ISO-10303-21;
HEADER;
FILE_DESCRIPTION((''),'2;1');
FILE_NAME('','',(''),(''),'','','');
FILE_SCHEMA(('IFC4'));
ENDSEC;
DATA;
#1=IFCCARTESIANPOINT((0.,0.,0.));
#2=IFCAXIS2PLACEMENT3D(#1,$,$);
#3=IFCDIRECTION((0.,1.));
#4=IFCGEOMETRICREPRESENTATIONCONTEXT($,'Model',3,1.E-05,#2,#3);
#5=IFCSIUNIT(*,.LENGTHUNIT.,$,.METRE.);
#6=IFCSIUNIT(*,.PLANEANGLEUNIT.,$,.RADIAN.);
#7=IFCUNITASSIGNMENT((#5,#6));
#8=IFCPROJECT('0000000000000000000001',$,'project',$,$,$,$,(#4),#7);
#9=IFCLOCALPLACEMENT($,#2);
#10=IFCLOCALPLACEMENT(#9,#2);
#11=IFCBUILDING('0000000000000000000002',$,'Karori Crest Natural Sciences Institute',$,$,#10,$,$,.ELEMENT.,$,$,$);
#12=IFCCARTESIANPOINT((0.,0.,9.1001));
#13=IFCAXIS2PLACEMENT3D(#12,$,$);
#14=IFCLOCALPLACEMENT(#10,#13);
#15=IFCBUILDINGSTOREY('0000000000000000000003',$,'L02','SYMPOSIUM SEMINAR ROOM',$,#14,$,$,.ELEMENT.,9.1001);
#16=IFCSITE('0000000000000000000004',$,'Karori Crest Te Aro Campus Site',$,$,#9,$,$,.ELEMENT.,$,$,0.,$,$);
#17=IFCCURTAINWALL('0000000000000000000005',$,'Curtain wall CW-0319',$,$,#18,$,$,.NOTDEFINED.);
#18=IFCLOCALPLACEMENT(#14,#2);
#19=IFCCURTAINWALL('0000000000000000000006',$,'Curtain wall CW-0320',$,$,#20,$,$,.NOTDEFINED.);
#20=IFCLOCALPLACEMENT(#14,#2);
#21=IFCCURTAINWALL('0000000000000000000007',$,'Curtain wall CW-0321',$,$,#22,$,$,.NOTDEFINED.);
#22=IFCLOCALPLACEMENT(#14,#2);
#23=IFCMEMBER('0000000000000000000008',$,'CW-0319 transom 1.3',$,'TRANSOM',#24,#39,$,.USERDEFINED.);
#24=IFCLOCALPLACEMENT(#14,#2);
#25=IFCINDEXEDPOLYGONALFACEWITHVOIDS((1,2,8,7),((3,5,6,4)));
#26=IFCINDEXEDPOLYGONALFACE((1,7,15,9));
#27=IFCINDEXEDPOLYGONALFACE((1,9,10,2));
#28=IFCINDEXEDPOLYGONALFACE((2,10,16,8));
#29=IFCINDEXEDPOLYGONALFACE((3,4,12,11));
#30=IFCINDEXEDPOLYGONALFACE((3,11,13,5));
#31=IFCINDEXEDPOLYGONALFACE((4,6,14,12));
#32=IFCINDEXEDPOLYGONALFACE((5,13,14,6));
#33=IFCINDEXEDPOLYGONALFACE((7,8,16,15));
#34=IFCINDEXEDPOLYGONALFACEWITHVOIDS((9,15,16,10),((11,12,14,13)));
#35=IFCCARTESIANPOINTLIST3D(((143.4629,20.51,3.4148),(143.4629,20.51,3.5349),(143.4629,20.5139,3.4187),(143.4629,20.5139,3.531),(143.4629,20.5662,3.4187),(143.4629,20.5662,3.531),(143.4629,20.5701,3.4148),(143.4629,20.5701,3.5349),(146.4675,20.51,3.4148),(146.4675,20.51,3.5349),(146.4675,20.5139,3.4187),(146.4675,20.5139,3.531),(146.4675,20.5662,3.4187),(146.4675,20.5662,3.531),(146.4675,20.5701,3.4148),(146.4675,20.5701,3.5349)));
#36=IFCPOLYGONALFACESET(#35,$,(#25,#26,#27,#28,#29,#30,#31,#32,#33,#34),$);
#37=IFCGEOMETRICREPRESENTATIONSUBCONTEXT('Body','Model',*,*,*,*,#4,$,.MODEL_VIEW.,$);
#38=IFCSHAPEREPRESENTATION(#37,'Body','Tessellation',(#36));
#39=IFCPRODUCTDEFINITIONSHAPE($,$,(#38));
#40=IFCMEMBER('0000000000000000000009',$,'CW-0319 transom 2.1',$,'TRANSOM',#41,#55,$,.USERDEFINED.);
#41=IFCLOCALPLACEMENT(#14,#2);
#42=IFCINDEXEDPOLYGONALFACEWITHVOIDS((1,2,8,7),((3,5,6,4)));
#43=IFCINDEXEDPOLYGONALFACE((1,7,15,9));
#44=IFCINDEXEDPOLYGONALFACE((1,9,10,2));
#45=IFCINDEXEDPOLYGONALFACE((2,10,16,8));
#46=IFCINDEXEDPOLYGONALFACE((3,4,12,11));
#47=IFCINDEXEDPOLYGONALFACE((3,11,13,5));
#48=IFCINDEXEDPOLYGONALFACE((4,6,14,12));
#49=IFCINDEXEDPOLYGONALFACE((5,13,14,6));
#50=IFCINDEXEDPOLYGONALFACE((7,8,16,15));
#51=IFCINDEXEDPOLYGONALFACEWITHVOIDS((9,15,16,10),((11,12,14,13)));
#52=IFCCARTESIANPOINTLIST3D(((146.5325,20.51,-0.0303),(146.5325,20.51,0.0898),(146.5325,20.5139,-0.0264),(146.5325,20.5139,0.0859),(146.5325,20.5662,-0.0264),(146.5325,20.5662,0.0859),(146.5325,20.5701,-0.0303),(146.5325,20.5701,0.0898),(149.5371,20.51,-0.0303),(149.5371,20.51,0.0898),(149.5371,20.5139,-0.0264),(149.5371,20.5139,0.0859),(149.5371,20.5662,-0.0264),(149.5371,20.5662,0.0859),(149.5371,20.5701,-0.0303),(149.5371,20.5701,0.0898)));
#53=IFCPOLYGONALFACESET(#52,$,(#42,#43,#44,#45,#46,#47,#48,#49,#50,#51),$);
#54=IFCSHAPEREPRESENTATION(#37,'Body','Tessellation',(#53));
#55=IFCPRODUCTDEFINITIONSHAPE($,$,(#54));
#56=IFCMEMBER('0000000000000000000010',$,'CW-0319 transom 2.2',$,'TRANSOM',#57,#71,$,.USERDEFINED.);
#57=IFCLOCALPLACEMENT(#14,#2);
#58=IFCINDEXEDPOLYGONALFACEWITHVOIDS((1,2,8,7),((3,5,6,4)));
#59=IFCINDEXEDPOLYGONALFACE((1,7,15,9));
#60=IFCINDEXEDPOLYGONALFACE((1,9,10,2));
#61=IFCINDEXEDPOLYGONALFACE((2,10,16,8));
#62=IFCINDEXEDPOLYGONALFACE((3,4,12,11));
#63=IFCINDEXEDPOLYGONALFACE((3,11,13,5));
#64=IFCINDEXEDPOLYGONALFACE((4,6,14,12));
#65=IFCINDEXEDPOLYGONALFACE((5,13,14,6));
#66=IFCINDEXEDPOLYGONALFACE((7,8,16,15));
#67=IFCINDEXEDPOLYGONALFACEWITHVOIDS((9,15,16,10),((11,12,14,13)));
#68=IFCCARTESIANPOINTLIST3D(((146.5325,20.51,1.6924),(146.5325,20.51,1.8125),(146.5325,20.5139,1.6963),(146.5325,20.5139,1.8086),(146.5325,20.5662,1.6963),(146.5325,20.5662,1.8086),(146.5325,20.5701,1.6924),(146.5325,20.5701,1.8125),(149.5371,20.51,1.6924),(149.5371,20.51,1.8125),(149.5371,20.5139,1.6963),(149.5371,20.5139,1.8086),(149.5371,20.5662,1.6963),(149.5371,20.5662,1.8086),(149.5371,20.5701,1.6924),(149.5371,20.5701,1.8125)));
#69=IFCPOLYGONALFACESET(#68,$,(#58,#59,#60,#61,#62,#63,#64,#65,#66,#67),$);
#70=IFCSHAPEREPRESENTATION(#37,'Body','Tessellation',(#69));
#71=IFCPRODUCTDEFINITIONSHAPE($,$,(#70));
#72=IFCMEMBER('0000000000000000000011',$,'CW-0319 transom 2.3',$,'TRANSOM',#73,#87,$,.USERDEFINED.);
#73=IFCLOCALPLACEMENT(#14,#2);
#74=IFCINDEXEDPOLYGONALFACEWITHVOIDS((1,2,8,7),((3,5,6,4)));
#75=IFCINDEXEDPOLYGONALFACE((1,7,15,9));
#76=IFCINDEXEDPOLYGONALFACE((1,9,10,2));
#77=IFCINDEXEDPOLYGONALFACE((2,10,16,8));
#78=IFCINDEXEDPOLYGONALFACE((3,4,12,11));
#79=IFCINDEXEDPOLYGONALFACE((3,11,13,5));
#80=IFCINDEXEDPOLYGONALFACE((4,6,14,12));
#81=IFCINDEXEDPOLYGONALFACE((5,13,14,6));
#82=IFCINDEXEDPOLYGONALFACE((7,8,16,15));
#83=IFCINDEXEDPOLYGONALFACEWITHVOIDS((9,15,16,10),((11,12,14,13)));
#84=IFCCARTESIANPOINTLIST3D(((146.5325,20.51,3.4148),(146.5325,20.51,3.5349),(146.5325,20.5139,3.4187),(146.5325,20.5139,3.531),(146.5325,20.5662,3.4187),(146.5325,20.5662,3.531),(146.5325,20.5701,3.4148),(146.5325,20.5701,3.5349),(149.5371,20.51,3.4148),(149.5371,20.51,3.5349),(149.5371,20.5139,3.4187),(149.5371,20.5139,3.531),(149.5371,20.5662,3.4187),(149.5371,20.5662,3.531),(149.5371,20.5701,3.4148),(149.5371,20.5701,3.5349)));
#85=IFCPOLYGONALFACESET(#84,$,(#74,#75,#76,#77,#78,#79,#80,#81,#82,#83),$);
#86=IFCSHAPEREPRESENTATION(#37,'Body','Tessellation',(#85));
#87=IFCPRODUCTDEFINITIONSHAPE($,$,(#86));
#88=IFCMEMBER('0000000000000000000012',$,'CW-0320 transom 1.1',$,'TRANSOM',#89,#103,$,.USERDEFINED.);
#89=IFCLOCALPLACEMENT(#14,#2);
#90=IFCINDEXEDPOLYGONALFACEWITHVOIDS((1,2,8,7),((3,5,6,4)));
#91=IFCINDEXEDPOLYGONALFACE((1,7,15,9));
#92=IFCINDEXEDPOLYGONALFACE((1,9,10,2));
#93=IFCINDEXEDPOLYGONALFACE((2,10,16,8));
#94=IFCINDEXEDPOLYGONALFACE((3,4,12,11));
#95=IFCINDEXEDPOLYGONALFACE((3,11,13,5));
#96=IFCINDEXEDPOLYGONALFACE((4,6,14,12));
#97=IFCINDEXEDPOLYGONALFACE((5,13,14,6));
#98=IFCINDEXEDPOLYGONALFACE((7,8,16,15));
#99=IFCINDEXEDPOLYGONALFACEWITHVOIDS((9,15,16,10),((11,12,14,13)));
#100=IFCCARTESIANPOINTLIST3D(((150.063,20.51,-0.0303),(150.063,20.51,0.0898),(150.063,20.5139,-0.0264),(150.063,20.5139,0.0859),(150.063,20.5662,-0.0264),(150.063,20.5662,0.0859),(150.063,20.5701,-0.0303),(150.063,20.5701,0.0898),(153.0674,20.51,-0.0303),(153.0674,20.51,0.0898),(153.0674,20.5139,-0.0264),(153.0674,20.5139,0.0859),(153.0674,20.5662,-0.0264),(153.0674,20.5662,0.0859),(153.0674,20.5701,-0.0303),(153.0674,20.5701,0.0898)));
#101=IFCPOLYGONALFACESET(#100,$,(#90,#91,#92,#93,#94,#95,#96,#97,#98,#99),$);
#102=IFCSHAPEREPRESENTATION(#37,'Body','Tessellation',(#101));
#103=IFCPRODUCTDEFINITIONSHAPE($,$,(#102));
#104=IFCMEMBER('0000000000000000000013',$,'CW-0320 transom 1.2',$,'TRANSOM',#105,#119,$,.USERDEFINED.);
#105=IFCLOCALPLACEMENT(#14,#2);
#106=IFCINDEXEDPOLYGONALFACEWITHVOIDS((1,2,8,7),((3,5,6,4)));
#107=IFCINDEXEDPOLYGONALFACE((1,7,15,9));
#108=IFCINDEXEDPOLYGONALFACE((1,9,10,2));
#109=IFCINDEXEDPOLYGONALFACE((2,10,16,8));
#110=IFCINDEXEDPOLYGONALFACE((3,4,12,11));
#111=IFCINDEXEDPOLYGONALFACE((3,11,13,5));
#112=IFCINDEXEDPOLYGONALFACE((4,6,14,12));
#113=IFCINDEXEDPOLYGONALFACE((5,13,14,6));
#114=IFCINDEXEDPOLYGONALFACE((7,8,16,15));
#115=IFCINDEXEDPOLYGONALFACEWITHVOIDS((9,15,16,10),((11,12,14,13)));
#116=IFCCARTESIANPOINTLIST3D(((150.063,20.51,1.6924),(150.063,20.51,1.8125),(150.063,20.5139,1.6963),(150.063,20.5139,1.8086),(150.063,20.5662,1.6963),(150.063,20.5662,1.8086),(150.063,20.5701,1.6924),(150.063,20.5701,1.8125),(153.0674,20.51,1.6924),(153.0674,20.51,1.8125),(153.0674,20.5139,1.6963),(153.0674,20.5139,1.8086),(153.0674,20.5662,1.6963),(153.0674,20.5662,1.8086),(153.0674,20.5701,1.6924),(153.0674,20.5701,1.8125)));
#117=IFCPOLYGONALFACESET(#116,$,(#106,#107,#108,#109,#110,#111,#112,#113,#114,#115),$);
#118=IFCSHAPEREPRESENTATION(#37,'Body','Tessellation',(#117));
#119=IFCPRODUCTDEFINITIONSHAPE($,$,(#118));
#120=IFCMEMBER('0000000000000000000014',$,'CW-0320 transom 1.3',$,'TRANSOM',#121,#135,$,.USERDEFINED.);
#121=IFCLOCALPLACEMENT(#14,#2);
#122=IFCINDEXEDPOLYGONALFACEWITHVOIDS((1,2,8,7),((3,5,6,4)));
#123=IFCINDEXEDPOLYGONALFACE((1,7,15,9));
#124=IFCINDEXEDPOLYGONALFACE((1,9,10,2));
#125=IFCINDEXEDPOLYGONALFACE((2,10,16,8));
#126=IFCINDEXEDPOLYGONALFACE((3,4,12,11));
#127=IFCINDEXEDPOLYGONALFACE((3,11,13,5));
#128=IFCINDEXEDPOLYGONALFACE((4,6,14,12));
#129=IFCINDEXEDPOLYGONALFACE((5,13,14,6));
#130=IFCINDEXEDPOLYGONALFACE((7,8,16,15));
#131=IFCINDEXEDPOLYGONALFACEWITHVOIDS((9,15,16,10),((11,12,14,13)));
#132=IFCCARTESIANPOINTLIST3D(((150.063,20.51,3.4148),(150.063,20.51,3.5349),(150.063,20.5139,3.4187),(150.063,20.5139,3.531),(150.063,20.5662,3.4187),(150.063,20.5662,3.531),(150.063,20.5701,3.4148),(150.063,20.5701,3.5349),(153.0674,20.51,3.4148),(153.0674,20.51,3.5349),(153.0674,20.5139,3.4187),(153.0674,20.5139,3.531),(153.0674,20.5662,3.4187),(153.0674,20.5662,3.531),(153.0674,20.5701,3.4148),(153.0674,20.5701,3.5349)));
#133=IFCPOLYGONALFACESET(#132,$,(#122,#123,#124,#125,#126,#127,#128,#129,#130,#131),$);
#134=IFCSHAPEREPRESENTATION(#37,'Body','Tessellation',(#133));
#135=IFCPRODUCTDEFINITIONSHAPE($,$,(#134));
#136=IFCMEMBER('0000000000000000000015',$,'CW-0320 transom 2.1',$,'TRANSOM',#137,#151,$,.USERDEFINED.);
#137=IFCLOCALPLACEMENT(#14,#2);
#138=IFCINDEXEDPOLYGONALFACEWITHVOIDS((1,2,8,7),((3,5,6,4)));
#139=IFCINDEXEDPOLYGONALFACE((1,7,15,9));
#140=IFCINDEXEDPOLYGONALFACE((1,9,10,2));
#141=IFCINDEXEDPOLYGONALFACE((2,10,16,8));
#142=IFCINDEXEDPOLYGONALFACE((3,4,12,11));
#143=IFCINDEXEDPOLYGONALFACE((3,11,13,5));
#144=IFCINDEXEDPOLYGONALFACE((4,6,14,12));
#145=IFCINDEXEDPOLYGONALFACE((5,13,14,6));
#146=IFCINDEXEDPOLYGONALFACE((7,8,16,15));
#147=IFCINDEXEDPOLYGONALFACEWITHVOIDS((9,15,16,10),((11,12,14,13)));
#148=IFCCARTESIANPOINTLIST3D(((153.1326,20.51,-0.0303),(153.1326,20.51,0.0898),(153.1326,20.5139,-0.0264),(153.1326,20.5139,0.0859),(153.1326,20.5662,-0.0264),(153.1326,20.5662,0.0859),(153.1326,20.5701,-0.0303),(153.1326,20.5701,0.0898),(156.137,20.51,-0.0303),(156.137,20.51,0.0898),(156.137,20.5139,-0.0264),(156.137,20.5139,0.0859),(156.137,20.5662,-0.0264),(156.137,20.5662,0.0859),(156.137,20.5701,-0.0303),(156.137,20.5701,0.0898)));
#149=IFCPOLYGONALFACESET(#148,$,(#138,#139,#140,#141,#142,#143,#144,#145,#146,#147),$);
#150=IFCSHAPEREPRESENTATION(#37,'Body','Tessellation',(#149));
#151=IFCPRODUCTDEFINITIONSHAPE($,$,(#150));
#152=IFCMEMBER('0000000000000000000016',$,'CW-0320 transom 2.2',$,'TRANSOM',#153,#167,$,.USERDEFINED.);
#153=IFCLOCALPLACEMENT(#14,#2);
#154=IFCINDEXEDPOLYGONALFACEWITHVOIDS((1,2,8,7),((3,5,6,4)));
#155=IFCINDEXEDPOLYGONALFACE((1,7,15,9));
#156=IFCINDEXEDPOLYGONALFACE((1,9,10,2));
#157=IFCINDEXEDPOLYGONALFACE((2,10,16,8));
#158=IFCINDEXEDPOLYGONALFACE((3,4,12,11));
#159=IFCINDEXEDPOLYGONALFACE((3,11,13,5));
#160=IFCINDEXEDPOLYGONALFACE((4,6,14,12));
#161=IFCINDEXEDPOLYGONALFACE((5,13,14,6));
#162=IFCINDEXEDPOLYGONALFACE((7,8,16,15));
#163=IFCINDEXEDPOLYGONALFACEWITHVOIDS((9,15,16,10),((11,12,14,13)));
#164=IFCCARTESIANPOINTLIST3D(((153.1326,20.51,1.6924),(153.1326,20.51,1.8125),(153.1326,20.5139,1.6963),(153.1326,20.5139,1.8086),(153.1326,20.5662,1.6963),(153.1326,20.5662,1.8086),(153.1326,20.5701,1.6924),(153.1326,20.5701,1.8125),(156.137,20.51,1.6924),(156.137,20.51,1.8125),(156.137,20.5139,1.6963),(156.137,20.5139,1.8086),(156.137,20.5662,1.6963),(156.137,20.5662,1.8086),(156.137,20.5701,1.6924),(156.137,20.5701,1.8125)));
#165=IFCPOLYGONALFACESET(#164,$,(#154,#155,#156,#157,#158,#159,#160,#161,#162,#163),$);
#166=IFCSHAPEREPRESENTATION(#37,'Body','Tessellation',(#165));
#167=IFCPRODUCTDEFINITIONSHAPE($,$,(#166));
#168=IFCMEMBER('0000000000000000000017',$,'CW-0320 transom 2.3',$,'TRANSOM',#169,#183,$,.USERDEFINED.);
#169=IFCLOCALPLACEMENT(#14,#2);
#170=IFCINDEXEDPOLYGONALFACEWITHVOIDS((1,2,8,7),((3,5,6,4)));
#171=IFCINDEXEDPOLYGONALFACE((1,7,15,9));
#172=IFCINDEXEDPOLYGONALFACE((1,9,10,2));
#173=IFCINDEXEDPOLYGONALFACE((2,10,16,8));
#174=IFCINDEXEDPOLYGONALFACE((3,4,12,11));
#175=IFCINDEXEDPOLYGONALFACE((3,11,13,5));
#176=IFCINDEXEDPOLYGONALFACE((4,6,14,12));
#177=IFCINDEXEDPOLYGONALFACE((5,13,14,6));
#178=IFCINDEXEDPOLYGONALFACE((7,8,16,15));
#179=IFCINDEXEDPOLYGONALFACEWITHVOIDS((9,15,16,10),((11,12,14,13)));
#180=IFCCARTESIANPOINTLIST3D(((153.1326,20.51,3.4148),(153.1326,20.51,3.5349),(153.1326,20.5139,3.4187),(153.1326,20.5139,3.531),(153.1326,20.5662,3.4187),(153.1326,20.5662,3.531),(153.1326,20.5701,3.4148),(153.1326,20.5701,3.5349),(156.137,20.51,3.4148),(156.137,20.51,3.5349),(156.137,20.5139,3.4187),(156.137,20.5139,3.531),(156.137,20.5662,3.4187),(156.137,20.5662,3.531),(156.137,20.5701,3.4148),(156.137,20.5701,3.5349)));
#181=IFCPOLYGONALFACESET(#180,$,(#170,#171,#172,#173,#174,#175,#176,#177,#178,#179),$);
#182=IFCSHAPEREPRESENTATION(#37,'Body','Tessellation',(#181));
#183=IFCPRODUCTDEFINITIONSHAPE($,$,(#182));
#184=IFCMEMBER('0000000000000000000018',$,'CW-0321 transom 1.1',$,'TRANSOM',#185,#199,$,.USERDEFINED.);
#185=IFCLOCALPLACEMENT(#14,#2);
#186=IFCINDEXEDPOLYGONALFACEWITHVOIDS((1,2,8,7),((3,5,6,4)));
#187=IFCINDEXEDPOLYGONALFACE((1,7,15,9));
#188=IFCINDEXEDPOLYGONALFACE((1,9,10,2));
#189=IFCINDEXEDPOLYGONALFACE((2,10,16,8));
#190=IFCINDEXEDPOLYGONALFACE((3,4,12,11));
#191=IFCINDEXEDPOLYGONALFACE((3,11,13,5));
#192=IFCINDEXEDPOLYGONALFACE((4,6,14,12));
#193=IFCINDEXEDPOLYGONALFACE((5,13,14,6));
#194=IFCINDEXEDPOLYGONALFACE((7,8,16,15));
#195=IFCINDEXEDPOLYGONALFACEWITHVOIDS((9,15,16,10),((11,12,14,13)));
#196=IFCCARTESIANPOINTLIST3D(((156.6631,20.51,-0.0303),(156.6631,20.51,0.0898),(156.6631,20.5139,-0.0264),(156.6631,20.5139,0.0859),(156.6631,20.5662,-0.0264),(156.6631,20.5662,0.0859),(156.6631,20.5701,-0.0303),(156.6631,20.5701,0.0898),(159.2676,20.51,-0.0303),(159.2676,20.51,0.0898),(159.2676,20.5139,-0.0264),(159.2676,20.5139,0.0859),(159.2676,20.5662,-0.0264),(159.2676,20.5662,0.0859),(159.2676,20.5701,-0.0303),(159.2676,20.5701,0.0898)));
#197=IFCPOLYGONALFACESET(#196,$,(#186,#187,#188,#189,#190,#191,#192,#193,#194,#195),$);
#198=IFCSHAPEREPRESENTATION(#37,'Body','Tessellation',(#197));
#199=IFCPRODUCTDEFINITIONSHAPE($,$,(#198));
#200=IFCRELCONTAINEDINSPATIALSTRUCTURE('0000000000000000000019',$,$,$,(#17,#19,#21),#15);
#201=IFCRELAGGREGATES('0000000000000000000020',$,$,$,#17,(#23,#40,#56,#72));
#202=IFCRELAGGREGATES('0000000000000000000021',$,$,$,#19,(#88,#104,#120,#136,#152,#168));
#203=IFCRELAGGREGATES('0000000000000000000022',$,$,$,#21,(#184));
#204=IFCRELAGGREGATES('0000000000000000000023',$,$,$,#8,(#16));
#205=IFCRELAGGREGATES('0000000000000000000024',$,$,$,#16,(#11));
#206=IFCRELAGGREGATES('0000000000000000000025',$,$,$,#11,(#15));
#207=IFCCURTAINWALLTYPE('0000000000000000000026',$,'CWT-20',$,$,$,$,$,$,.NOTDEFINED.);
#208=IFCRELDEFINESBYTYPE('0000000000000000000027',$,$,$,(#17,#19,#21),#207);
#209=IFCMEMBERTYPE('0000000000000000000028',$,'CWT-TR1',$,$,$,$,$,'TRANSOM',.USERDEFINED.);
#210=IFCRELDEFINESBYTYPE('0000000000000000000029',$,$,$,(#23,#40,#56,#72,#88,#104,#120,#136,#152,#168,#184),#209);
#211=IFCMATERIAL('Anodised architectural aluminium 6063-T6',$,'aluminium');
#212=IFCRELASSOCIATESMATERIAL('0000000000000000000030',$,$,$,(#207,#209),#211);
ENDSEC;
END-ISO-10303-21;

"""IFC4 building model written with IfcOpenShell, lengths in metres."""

from ifc_helpers import new_model, si_unit, direction, frame, origin, origin_2d, place, context, subcontext, project, spatial, hollow_rectangle, extrude, material, material_profile, profile_set, type_object, element, aggregate, save


model = new_model("IFC4")

# Units and contexts
model_context = context("Model", 3, precision=1e-05, world=origin(), true_north=direction((0.0, 1.0)))
body_context = subcontext(model_context, "Body", "Model", "MODEL_VIEW")
ifc_project = project(units=[si_unit("LENGTHUNIT", "METRE"), si_unit("PLANEANGLEUNIT", "RADIAN")], contexts=[model_context])

# Site, building, storey
site_placement = place(None, origin())
site = spatial("IfcSite", under=ifc_project, at=site_placement, Name="Karori Crest Te Aro Campus Site", CompositionType="ELEMENT", RefElevation=0.0)
building_placement = place(site_placement, origin())
building = spatial("IfcBuilding", under=site, at=building_placement, Name="Karori Crest Natural Sciences Institute", CompositionType="ELEMENT")
storey_placement = place(building_placement, frame((0.0, 0.0, 9.1001)))
storey = spatial("IfcBuildingStorey", under=building, at=storey_placement, Name="L02", Description="SYMPOSIUM SEMINAR ROOM", CompositionType="ELEMENT", Elevation=9.1001)

# Curtain walls
ifc_material_1 = material(Name="Anodised architectural aluminium 6063-T6", Category="aluminium")
curtain_wall_type = type_object("IfcCurtainWallType", Name="CWT-20", PredefinedType="NOTDEFINED", material=ifc_material_1)
curtain_wall_1_placement = place(storey_placement, origin())
curtain_wall_1 = element("IfcCurtainWall", 1, at=curtain_wall_1_placement, inside=storey, type_object=curtain_wall_type, Name="Curtain wall CW-0319", PredefinedType="NOTDEFINED")
curtain_wall_2_placement = place(storey_placement, origin())
curtain_wall_2 = element("IfcCurtainWall", 2, at=curtain_wall_2_placement, inside=storey, type_object=curtain_wall_type, Name="Curtain wall CW-0320", PredefinedType="NOTDEFINED")
curtain_wall_3_placement = place(storey_placement, origin())
curtain_wall_3 = element("IfcCurtainWall", 3, at=curtain_wall_3_placement, inside=storey, type_object=curtain_wall_type, Name="Curtain wall CW-0321", PredefinedType="NOTDEFINED")

# Members
ifc_material_profile_1 = material_profile(ifc_material_1, hollow_rectangle(XDim=0.0601, YDim=0.1201, WallThickness=0.0039, at=origin_2d()), Name="CWT120x60x4")
ifc_profile_set_1 = profile_set([ifc_material_profile_1], Name="Anodised architectural aluminium 6063-T6")
member_type_1 = type_object("IfcMemberType", Name="CWT-TR1", ElementType="TRANSOM", PredefinedType="USERDEFINED", material=ifc_profile_set_1)
member_1_placement = place(storey_placement, frame((143.4629, 20.54, 3.4749), z_axis=(1.0, 0.0, 0.0), x_axis=(0.0, 1.0, 0.0)))
member_1 = element("IfcMember", 4, at=member_1_placement, type_object=member_type_1, Name="CW-0319 transom 1.3", ObjectType="TRANSOM", PredefinedType="USERDEFINED", context=body_context, shape_type="SweptSolid", body=[
    extrude(hollow_rectangle(XDim=0.0601, YDim=0.1201, WallThickness=0.0039, at=origin_2d()), origin(), (0.0, 0.0, 1.0), 3.0046),
])
member_2_placement = place(storey_placement, frame((146.5325, 20.54, 0.0298), z_axis=(1.0, 0.0, 0.0), x_axis=(0.0, 1.0, 0.0)))
member_2 = element("IfcMember", 5, at=member_2_placement, type_object=member_type_1, Name="CW-0319 transom 2.1", ObjectType="TRANSOM", PredefinedType="USERDEFINED", context=body_context, shape_type="SweptSolid", body=[
    extrude(hollow_rectangle(XDim=0.0601, YDim=0.1201, WallThickness=0.0039, at=origin_2d()), origin(), (0.0, 0.0, 1.0), 3.0046),
])
member_3_placement = place(storey_placement, frame((146.5325, 20.54, 1.7524), z_axis=(1.0, 0.0, 0.0), x_axis=(0.0, 1.0, 0.0)))
member_3 = element("IfcMember", 6, at=member_3_placement, type_object=member_type_1, Name="CW-0319 transom 2.2", ObjectType="TRANSOM", PredefinedType="USERDEFINED", context=body_context, shape_type="SweptSolid", body=[
    extrude(hollow_rectangle(XDim=0.0601, YDim=0.1201, WallThickness=0.0039, at=origin_2d()), origin(), (0.0, 0.0, 1.0), 3.0046),
])
member_4_placement = place(storey_placement, frame((146.5325, 20.54, 3.4749), z_axis=(1.0, 0.0, 0.0), x_axis=(0.0, 1.0, 0.0)))
member_4 = element("IfcMember", 7, at=member_4_placement, type_object=member_type_1, Name="CW-0319 transom 2.3", ObjectType="TRANSOM", PredefinedType="USERDEFINED", context=body_context, shape_type="SweptSolid", body=[
    extrude(hollow_rectangle(XDim=0.0601, YDim=0.1201, WallThickness=0.0039, at=origin_2d()), origin(), (0.0, 0.0, 1.0), 3.0046),
])
member_5_placement = place(storey_placement, frame((150.063, 20.54, 0.0298), z_axis=(1.0, 0.0, 0.0), x_axis=(0.0, 1.0, 0.0)))
member_5 = element("IfcMember", 8, at=member_5_placement, type_object=member_type_1, Name="CW-0320 transom 1.1", ObjectType="TRANSOM", PredefinedType="USERDEFINED", context=body_context, shape_type="SweptSolid", body=[
    extrude(hollow_rectangle(XDim=0.0601, YDim=0.1201, WallThickness=0.0039, at=origin_2d()), origin(), (0.0, 0.0, 1.0), 3.0044),
])
member_6_placement = place(storey_placement, frame((150.063, 20.54, 1.7524), z_axis=(1.0, 0.0, 0.0), x_axis=(0.0, 1.0, 0.0)))
member_6 = element("IfcMember", 9, at=member_6_placement, type_object=member_type_1, Name="CW-0320 transom 1.2", ObjectType="TRANSOM", PredefinedType="USERDEFINED", context=body_context, shape_type="SweptSolid", body=[
    extrude(hollow_rectangle(XDim=0.0601, YDim=0.1201, WallThickness=0.0039, at=origin_2d()), origin(), (0.0, 0.0, 1.0), 3.0044),
])
member_7_placement = place(storey_placement, frame((150.063, 20.54, 3.4749), z_axis=(1.0, 0.0, 0.0), x_axis=(0.0, 1.0, 0.0)))
member_7 = element("IfcMember", 10, at=member_7_placement, type_object=member_type_1, Name="CW-0320 transom 1.3", ObjectType="TRANSOM", PredefinedType="USERDEFINED", context=body_context, shape_type="SweptSolid", body=[
    extrude(hollow_rectangle(XDim=0.0601, YDim=0.1201, WallThickness=0.0039, at=origin_2d()), origin(), (0.0, 0.0, 1.0), 3.0044),
])
member_8_placement = place(storey_placement, frame((153.1326, 20.54, 0.0298), z_axis=(1.0, 0.0, 0.0), x_axis=(0.0, 1.0, 0.0)))
member_8 = element("IfcMember", 11, at=member_8_placement, type_object=member_type_1, Name="CW-0320 transom 2.1", ObjectType="TRANSOM", PredefinedType="USERDEFINED", context=body_context, shape_type="SweptSolid", body=[
    extrude(hollow_rectangle(XDim=0.0601, YDim=0.1201, WallThickness=0.0039, at=origin_2d()), origin(), (0.0, 0.0, 1.0), 3.0044),
])
member_9_placement = place(storey_placement, frame((153.1326, 20.54, 1.7524), z_axis=(1.0, 0.0, 0.0), x_axis=(0.0, 1.0, 0.0)))
member_9 = element("IfcMember", 12, at=member_9_placement, type_object=member_type_1, Name="CW-0320 transom 2.2", ObjectType="TRANSOM", PredefinedType="USERDEFINED", context=body_context, shape_type="SweptSolid", body=[
    extrude(hollow_rectangle(XDim=0.0601, YDim=0.1201, WallThickness=0.0039, at=origin_2d()), origin(), (0.0, 0.0, 1.0), 3.0044),
])
member_10_placement = place(storey_placement, frame((153.1326, 20.54, 3.4749), z_axis=(1.0, 0.0, 0.0), x_axis=(0.0, 1.0, 0.0)))
member_10 = element("IfcMember", 13, at=member_10_placement, type_object=member_type_1, Name="CW-0320 transom 2.3", ObjectType="TRANSOM", PredefinedType="USERDEFINED", context=body_context, shape_type="SweptSolid", body=[
    extrude(hollow_rectangle(XDim=0.0601, YDim=0.1201, WallThickness=0.0039, at=origin_2d()), origin(), (0.0, 0.0, 1.0), 3.0044),
])
member_11_placement = place(storey_placement, frame((156.6631, 20.54, 0.0298), z_axis=(1.0, 0.0, 0.0), x_axis=(0.0, 1.0, 0.0)))
member_11 = element("IfcMember", 14, at=member_11_placement, type_object=member_type_1, Name="CW-0321 transom 1.1", ObjectType="TRANSOM", PredefinedType="USERDEFINED", context=body_context, shape_type="SweptSolid", body=[
    extrude(hollow_rectangle(XDim=0.0601, YDim=0.1201, WallThickness=0.0039, at=origin_2d()), origin(), (0.0, 0.0, 1.0), 2.6045),
])

aggregate(curtain_wall_1, [member_1, member_2, member_3, member_4])
aggregate(curtain_wall_2, [member_5, member_6, member_7, member_8, member_9, member_10])
aggregate(curtain_wall_3, [member_11])

save(model, "model.ifc")
